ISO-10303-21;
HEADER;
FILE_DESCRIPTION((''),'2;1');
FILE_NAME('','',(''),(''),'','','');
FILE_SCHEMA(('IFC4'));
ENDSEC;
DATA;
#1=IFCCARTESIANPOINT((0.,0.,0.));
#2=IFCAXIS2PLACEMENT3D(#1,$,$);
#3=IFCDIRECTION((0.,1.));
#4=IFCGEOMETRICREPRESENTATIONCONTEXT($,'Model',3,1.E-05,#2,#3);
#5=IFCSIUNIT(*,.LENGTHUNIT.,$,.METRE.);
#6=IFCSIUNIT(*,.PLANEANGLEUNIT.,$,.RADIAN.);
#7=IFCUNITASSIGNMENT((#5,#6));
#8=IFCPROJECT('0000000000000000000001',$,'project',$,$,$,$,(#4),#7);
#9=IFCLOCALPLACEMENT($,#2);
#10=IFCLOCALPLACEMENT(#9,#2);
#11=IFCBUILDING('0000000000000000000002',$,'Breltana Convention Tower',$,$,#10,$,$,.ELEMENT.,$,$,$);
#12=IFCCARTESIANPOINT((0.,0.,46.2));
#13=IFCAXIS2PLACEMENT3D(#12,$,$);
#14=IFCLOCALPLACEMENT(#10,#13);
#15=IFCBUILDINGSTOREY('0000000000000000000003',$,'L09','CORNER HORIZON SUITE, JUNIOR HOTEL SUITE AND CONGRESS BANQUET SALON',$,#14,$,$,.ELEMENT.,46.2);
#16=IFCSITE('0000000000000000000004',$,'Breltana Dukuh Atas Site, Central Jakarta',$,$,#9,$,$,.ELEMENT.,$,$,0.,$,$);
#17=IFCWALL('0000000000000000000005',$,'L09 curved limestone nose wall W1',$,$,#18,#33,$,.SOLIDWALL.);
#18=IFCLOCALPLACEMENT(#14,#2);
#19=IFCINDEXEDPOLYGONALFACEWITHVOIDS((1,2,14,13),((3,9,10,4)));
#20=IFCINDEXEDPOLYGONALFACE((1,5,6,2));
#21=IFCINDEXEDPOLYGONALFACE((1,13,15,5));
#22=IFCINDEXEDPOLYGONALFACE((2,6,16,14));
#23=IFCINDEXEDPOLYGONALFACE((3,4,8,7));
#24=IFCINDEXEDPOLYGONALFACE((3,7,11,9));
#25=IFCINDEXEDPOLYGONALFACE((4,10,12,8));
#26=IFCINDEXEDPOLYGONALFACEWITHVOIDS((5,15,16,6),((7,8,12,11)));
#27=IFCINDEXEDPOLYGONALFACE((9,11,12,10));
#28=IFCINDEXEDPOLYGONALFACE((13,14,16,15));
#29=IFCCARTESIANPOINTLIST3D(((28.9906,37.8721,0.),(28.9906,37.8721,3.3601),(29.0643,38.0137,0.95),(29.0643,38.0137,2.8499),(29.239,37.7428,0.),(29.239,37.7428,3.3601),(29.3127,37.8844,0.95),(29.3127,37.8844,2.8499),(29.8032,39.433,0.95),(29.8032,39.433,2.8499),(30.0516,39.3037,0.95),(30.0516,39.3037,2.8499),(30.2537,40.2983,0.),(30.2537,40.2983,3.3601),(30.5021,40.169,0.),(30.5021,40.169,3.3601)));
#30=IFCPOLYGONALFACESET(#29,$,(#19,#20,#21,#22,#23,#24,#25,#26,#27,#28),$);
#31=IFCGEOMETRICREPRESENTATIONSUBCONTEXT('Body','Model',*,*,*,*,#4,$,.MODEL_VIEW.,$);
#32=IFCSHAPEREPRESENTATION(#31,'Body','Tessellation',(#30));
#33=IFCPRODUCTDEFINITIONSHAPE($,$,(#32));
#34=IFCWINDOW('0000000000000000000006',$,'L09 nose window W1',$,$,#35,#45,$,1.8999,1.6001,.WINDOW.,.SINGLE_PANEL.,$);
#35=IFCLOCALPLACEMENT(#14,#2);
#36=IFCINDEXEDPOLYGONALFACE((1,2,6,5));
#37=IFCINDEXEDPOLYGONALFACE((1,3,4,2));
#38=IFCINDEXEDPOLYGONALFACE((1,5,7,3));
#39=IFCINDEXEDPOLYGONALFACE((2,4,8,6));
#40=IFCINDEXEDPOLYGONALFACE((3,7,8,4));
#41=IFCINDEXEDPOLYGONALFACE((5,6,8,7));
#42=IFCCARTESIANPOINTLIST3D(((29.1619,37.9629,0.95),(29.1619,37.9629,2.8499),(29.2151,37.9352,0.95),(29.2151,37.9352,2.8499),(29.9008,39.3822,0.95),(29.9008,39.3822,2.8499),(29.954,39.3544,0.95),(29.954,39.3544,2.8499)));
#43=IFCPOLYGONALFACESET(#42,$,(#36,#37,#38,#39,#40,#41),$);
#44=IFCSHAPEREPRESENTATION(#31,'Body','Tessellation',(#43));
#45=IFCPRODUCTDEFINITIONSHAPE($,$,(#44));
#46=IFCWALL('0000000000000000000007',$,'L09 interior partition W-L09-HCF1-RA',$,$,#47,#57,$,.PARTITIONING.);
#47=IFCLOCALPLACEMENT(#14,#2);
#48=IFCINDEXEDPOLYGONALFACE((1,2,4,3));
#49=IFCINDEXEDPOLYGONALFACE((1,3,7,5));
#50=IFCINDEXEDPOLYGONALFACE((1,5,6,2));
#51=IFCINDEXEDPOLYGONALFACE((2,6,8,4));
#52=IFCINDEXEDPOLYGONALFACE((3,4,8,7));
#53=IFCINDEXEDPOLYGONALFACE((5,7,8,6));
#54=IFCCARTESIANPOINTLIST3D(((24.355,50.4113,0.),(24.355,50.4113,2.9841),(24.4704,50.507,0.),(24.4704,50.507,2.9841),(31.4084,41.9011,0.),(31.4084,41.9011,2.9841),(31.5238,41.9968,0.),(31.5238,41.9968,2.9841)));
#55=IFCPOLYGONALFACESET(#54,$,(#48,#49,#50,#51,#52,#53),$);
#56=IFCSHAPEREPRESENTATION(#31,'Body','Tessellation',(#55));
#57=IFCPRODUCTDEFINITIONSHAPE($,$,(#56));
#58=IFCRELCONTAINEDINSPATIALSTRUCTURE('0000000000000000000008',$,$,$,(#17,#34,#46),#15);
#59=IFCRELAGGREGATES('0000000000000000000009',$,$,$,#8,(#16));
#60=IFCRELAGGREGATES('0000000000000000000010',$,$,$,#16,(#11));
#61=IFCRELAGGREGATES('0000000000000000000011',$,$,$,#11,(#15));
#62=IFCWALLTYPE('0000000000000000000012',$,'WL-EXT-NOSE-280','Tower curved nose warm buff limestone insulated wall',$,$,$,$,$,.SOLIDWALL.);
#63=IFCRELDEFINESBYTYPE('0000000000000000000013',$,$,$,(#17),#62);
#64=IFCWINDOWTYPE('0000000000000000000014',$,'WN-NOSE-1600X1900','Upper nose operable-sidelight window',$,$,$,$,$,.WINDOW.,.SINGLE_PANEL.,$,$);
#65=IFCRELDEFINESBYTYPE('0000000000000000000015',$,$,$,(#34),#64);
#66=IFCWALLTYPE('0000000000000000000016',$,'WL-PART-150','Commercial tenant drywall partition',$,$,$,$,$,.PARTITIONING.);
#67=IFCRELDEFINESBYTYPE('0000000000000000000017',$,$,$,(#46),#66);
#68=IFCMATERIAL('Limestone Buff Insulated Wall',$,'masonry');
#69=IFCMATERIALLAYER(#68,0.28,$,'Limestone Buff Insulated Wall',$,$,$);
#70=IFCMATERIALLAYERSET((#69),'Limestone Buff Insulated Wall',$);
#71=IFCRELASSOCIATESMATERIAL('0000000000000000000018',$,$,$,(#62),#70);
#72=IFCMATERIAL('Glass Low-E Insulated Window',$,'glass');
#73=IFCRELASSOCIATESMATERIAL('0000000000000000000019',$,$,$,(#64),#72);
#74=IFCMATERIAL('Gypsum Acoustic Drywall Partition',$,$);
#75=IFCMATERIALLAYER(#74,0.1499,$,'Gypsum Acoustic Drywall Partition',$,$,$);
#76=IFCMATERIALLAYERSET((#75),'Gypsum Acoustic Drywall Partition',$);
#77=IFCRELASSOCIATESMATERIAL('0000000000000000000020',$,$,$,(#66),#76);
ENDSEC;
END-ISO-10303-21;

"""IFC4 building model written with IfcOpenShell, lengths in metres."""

from ifc_helpers import new_model, si_unit, direction, frame, frame_2d, origin, place, context, subcontext, project, spatial, rectangle, extrude, source, transform, mapped, material, layer, layer_set, type_object, type_shapes, element, fill, save


model = new_model("IFC4")

# Units and contexts
model_context = context("Model", 3, precision=1e-05, world=origin(), true_north=direction((0.0, 1.0)))
body_context = subcontext(model_context, "Body", "Model", "MODEL_VIEW")
ifc_project = project(units=[si_unit("LENGTHUNIT", "METRE"), si_unit("PLANEANGLEUNIT", "RADIAN")], contexts=[model_context])

# Site, building, storey
site_placement = place(None, origin())
site = spatial("IfcSite", under=ifc_project, at=site_placement, Name="Breltana Dukuh Atas Site, Central Jakarta", CompositionType="ELEMENT", RefElevation=0.0)
building_placement = place(site_placement, origin())
building = spatial("IfcBuilding", under=site, at=building_placement, Name="Breltana Convention Tower", CompositionType="ELEMENT")
storey_placement = place(building_placement, frame((0.0, 0.0, 46.2)))
storey = spatial("IfcBuildingStorey", under=building, at=storey_placement, Name="L09", Description="CORNER HORIZON SUITE, JUNIOR HOTEL SUITE AND CONGRESS BANQUET SALON", CompositionType="ELEMENT", Elevation=46.2)

# Wall, opening, window
ifc_material_1 = material(Name="Limestone Buff Insulated Wall", Category="masonry")
ifc_layer_1 = layer(ifc_material_1, 0.28, Name="Limestone Buff Insulated Wall")
ifc_layer_set_1 = layer_set([ifc_layer_1], Name="Limestone Buff Insulated Wall")
wall_type_1 = type_object("IfcWallType", Name="WL-EXT-NOSE-280", Description="Tower curved nose warm buff limestone insulated wall", PredefinedType="SOLIDWALL", material=ifc_layer_set_1)
ifc_material_2 = material(Name="Glass Low-E Insulated Window", Category="glass")
window_type = type_object("IfcWindowType", Name="WN-NOSE-1600X1900", Description="Upper nose operable-sidelight window", PartitioningType="SINGLE_PANEL", PredefinedType="WINDOW", material=ifc_material_2)
shared_shape_1 = source(origin(), body_context, "Body", "SweptSolid", [
    extrude(rectangle(XDim=1.6001, YDim=1.8999, at=frame_2d((0.8, 0.95))), frame((0.0, 0.03, 0.0), z_axis=(0.0, -1.0, 0.0), x_axis=(1.0, 0.0, 0.0)), (0.0, 0.0, 1.0), 0.0601),
])
type_shapes(window_type, [shared_shape_1])
shared_shape_2 = source(origin(), body_context, "Body", "SweptSolid", [
    extrude(rectangle(XDim=2.7354, YDim=0.28, at=frame_2d((1.3677, 0.0))), origin(), (0.0, 0.0, 1.0), 3.3601),
])
wall_1_placement = place(storey_placement, frame((30.3779, 40.2336, 0.0), z_axis=(0.0, 0.0, 1.0), x_axis=(-0.461791, -0.886989, 0.0)))
wall_1 = element("IfcWall", 1, at=wall_1_placement, inside=storey, type_object=wall_type_1, Name="L09 curved limestone nose wall W1", PredefinedType="SOLIDWALL", context=body_context, shape_type="MappedRepresentation", body=[
    mapped(shared_shape_2, transform((0.0, 0.0, 0.0), scale=1.0)),
])
opening_1_placement = place(wall_1_placement, frame((0.9756, 0.0, 0.95)))
opening_1 = element("IfcOpeningElement", 2, at=opening_1_placement, cuts=wall_1, PredefinedType="OPENING", context=body_context, shape_type="SweptSolid", body=[
    extrude(rectangle(XDim=1.6001, YDim=1.8999, at=frame_2d((0.8, 0.95))), frame((0.0, 0.1499, 0.0), z_axis=(0.0, -1.0, 0.0), x_axis=(1.0, 0.0, 0.0)), (0.0, 0.0, 1.0), 0.3),
])
window_1_placement = place(opening_1_placement, origin())
window_1 = element("IfcWindow", 3, at=window_1_placement, inside=storey, type_object=window_type, Name="L09 nose window W1", OverallHeight=1.8999, OverallWidth=1.6001, PartitioningType="SINGLE_PANEL", PredefinedType="WINDOW", context=body_context, shape_type="MappedRepresentation", body=[
    mapped(shared_shape_1, transform((0.0, 0.0, 0.0), scale=1.0)),
])
fill(opening_1, window_1)

# Wall
ifc_material_3 = material(Name="Gypsum Acoustic Drywall Partition")
ifc_layer_2 = layer(ifc_material_3, 0.1499, Name="Gypsum Acoustic Drywall Partition")
ifc_layer_set_2 = layer_set([ifc_layer_2], Name="Gypsum Acoustic Drywall Partition")
wall_type_2 = type_object("IfcWallType", Name="WL-PART-150", Description="Commercial tenant drywall partition", PredefinedType="PARTITIONING", material=ifc_layer_set_2)
shared_shape_3 = source(origin(), body_context, "Body", "SweptSolid", [
    extrude(rectangle(XDim=11.0532, YDim=0.1499, at=frame_2d((5.5266, 0.0))), origin(), (0.0, 0.0, 1.0), 2.9841),
])
wall_2_placement = place(storey_placement, frame((31.4661, 41.949, 0.0), z_axis=(0.0, 0.0, 1.0), x_axis=(-0.638131, 0.769928, 0.0)))
element("IfcWall", 4, at=wall_2_placement, inside=storey, type_object=wall_type_2, Name="L09 interior partition W-L09-HCF1-RA", PredefinedType="PARTITIONING", context=body_context, shape_type="MappedRepresentation", body=[
    mapped(shared_shape_3, transform((0.0, 0.0, 0.0), scale=1.0)),
])

save(model, "model.ifc")
